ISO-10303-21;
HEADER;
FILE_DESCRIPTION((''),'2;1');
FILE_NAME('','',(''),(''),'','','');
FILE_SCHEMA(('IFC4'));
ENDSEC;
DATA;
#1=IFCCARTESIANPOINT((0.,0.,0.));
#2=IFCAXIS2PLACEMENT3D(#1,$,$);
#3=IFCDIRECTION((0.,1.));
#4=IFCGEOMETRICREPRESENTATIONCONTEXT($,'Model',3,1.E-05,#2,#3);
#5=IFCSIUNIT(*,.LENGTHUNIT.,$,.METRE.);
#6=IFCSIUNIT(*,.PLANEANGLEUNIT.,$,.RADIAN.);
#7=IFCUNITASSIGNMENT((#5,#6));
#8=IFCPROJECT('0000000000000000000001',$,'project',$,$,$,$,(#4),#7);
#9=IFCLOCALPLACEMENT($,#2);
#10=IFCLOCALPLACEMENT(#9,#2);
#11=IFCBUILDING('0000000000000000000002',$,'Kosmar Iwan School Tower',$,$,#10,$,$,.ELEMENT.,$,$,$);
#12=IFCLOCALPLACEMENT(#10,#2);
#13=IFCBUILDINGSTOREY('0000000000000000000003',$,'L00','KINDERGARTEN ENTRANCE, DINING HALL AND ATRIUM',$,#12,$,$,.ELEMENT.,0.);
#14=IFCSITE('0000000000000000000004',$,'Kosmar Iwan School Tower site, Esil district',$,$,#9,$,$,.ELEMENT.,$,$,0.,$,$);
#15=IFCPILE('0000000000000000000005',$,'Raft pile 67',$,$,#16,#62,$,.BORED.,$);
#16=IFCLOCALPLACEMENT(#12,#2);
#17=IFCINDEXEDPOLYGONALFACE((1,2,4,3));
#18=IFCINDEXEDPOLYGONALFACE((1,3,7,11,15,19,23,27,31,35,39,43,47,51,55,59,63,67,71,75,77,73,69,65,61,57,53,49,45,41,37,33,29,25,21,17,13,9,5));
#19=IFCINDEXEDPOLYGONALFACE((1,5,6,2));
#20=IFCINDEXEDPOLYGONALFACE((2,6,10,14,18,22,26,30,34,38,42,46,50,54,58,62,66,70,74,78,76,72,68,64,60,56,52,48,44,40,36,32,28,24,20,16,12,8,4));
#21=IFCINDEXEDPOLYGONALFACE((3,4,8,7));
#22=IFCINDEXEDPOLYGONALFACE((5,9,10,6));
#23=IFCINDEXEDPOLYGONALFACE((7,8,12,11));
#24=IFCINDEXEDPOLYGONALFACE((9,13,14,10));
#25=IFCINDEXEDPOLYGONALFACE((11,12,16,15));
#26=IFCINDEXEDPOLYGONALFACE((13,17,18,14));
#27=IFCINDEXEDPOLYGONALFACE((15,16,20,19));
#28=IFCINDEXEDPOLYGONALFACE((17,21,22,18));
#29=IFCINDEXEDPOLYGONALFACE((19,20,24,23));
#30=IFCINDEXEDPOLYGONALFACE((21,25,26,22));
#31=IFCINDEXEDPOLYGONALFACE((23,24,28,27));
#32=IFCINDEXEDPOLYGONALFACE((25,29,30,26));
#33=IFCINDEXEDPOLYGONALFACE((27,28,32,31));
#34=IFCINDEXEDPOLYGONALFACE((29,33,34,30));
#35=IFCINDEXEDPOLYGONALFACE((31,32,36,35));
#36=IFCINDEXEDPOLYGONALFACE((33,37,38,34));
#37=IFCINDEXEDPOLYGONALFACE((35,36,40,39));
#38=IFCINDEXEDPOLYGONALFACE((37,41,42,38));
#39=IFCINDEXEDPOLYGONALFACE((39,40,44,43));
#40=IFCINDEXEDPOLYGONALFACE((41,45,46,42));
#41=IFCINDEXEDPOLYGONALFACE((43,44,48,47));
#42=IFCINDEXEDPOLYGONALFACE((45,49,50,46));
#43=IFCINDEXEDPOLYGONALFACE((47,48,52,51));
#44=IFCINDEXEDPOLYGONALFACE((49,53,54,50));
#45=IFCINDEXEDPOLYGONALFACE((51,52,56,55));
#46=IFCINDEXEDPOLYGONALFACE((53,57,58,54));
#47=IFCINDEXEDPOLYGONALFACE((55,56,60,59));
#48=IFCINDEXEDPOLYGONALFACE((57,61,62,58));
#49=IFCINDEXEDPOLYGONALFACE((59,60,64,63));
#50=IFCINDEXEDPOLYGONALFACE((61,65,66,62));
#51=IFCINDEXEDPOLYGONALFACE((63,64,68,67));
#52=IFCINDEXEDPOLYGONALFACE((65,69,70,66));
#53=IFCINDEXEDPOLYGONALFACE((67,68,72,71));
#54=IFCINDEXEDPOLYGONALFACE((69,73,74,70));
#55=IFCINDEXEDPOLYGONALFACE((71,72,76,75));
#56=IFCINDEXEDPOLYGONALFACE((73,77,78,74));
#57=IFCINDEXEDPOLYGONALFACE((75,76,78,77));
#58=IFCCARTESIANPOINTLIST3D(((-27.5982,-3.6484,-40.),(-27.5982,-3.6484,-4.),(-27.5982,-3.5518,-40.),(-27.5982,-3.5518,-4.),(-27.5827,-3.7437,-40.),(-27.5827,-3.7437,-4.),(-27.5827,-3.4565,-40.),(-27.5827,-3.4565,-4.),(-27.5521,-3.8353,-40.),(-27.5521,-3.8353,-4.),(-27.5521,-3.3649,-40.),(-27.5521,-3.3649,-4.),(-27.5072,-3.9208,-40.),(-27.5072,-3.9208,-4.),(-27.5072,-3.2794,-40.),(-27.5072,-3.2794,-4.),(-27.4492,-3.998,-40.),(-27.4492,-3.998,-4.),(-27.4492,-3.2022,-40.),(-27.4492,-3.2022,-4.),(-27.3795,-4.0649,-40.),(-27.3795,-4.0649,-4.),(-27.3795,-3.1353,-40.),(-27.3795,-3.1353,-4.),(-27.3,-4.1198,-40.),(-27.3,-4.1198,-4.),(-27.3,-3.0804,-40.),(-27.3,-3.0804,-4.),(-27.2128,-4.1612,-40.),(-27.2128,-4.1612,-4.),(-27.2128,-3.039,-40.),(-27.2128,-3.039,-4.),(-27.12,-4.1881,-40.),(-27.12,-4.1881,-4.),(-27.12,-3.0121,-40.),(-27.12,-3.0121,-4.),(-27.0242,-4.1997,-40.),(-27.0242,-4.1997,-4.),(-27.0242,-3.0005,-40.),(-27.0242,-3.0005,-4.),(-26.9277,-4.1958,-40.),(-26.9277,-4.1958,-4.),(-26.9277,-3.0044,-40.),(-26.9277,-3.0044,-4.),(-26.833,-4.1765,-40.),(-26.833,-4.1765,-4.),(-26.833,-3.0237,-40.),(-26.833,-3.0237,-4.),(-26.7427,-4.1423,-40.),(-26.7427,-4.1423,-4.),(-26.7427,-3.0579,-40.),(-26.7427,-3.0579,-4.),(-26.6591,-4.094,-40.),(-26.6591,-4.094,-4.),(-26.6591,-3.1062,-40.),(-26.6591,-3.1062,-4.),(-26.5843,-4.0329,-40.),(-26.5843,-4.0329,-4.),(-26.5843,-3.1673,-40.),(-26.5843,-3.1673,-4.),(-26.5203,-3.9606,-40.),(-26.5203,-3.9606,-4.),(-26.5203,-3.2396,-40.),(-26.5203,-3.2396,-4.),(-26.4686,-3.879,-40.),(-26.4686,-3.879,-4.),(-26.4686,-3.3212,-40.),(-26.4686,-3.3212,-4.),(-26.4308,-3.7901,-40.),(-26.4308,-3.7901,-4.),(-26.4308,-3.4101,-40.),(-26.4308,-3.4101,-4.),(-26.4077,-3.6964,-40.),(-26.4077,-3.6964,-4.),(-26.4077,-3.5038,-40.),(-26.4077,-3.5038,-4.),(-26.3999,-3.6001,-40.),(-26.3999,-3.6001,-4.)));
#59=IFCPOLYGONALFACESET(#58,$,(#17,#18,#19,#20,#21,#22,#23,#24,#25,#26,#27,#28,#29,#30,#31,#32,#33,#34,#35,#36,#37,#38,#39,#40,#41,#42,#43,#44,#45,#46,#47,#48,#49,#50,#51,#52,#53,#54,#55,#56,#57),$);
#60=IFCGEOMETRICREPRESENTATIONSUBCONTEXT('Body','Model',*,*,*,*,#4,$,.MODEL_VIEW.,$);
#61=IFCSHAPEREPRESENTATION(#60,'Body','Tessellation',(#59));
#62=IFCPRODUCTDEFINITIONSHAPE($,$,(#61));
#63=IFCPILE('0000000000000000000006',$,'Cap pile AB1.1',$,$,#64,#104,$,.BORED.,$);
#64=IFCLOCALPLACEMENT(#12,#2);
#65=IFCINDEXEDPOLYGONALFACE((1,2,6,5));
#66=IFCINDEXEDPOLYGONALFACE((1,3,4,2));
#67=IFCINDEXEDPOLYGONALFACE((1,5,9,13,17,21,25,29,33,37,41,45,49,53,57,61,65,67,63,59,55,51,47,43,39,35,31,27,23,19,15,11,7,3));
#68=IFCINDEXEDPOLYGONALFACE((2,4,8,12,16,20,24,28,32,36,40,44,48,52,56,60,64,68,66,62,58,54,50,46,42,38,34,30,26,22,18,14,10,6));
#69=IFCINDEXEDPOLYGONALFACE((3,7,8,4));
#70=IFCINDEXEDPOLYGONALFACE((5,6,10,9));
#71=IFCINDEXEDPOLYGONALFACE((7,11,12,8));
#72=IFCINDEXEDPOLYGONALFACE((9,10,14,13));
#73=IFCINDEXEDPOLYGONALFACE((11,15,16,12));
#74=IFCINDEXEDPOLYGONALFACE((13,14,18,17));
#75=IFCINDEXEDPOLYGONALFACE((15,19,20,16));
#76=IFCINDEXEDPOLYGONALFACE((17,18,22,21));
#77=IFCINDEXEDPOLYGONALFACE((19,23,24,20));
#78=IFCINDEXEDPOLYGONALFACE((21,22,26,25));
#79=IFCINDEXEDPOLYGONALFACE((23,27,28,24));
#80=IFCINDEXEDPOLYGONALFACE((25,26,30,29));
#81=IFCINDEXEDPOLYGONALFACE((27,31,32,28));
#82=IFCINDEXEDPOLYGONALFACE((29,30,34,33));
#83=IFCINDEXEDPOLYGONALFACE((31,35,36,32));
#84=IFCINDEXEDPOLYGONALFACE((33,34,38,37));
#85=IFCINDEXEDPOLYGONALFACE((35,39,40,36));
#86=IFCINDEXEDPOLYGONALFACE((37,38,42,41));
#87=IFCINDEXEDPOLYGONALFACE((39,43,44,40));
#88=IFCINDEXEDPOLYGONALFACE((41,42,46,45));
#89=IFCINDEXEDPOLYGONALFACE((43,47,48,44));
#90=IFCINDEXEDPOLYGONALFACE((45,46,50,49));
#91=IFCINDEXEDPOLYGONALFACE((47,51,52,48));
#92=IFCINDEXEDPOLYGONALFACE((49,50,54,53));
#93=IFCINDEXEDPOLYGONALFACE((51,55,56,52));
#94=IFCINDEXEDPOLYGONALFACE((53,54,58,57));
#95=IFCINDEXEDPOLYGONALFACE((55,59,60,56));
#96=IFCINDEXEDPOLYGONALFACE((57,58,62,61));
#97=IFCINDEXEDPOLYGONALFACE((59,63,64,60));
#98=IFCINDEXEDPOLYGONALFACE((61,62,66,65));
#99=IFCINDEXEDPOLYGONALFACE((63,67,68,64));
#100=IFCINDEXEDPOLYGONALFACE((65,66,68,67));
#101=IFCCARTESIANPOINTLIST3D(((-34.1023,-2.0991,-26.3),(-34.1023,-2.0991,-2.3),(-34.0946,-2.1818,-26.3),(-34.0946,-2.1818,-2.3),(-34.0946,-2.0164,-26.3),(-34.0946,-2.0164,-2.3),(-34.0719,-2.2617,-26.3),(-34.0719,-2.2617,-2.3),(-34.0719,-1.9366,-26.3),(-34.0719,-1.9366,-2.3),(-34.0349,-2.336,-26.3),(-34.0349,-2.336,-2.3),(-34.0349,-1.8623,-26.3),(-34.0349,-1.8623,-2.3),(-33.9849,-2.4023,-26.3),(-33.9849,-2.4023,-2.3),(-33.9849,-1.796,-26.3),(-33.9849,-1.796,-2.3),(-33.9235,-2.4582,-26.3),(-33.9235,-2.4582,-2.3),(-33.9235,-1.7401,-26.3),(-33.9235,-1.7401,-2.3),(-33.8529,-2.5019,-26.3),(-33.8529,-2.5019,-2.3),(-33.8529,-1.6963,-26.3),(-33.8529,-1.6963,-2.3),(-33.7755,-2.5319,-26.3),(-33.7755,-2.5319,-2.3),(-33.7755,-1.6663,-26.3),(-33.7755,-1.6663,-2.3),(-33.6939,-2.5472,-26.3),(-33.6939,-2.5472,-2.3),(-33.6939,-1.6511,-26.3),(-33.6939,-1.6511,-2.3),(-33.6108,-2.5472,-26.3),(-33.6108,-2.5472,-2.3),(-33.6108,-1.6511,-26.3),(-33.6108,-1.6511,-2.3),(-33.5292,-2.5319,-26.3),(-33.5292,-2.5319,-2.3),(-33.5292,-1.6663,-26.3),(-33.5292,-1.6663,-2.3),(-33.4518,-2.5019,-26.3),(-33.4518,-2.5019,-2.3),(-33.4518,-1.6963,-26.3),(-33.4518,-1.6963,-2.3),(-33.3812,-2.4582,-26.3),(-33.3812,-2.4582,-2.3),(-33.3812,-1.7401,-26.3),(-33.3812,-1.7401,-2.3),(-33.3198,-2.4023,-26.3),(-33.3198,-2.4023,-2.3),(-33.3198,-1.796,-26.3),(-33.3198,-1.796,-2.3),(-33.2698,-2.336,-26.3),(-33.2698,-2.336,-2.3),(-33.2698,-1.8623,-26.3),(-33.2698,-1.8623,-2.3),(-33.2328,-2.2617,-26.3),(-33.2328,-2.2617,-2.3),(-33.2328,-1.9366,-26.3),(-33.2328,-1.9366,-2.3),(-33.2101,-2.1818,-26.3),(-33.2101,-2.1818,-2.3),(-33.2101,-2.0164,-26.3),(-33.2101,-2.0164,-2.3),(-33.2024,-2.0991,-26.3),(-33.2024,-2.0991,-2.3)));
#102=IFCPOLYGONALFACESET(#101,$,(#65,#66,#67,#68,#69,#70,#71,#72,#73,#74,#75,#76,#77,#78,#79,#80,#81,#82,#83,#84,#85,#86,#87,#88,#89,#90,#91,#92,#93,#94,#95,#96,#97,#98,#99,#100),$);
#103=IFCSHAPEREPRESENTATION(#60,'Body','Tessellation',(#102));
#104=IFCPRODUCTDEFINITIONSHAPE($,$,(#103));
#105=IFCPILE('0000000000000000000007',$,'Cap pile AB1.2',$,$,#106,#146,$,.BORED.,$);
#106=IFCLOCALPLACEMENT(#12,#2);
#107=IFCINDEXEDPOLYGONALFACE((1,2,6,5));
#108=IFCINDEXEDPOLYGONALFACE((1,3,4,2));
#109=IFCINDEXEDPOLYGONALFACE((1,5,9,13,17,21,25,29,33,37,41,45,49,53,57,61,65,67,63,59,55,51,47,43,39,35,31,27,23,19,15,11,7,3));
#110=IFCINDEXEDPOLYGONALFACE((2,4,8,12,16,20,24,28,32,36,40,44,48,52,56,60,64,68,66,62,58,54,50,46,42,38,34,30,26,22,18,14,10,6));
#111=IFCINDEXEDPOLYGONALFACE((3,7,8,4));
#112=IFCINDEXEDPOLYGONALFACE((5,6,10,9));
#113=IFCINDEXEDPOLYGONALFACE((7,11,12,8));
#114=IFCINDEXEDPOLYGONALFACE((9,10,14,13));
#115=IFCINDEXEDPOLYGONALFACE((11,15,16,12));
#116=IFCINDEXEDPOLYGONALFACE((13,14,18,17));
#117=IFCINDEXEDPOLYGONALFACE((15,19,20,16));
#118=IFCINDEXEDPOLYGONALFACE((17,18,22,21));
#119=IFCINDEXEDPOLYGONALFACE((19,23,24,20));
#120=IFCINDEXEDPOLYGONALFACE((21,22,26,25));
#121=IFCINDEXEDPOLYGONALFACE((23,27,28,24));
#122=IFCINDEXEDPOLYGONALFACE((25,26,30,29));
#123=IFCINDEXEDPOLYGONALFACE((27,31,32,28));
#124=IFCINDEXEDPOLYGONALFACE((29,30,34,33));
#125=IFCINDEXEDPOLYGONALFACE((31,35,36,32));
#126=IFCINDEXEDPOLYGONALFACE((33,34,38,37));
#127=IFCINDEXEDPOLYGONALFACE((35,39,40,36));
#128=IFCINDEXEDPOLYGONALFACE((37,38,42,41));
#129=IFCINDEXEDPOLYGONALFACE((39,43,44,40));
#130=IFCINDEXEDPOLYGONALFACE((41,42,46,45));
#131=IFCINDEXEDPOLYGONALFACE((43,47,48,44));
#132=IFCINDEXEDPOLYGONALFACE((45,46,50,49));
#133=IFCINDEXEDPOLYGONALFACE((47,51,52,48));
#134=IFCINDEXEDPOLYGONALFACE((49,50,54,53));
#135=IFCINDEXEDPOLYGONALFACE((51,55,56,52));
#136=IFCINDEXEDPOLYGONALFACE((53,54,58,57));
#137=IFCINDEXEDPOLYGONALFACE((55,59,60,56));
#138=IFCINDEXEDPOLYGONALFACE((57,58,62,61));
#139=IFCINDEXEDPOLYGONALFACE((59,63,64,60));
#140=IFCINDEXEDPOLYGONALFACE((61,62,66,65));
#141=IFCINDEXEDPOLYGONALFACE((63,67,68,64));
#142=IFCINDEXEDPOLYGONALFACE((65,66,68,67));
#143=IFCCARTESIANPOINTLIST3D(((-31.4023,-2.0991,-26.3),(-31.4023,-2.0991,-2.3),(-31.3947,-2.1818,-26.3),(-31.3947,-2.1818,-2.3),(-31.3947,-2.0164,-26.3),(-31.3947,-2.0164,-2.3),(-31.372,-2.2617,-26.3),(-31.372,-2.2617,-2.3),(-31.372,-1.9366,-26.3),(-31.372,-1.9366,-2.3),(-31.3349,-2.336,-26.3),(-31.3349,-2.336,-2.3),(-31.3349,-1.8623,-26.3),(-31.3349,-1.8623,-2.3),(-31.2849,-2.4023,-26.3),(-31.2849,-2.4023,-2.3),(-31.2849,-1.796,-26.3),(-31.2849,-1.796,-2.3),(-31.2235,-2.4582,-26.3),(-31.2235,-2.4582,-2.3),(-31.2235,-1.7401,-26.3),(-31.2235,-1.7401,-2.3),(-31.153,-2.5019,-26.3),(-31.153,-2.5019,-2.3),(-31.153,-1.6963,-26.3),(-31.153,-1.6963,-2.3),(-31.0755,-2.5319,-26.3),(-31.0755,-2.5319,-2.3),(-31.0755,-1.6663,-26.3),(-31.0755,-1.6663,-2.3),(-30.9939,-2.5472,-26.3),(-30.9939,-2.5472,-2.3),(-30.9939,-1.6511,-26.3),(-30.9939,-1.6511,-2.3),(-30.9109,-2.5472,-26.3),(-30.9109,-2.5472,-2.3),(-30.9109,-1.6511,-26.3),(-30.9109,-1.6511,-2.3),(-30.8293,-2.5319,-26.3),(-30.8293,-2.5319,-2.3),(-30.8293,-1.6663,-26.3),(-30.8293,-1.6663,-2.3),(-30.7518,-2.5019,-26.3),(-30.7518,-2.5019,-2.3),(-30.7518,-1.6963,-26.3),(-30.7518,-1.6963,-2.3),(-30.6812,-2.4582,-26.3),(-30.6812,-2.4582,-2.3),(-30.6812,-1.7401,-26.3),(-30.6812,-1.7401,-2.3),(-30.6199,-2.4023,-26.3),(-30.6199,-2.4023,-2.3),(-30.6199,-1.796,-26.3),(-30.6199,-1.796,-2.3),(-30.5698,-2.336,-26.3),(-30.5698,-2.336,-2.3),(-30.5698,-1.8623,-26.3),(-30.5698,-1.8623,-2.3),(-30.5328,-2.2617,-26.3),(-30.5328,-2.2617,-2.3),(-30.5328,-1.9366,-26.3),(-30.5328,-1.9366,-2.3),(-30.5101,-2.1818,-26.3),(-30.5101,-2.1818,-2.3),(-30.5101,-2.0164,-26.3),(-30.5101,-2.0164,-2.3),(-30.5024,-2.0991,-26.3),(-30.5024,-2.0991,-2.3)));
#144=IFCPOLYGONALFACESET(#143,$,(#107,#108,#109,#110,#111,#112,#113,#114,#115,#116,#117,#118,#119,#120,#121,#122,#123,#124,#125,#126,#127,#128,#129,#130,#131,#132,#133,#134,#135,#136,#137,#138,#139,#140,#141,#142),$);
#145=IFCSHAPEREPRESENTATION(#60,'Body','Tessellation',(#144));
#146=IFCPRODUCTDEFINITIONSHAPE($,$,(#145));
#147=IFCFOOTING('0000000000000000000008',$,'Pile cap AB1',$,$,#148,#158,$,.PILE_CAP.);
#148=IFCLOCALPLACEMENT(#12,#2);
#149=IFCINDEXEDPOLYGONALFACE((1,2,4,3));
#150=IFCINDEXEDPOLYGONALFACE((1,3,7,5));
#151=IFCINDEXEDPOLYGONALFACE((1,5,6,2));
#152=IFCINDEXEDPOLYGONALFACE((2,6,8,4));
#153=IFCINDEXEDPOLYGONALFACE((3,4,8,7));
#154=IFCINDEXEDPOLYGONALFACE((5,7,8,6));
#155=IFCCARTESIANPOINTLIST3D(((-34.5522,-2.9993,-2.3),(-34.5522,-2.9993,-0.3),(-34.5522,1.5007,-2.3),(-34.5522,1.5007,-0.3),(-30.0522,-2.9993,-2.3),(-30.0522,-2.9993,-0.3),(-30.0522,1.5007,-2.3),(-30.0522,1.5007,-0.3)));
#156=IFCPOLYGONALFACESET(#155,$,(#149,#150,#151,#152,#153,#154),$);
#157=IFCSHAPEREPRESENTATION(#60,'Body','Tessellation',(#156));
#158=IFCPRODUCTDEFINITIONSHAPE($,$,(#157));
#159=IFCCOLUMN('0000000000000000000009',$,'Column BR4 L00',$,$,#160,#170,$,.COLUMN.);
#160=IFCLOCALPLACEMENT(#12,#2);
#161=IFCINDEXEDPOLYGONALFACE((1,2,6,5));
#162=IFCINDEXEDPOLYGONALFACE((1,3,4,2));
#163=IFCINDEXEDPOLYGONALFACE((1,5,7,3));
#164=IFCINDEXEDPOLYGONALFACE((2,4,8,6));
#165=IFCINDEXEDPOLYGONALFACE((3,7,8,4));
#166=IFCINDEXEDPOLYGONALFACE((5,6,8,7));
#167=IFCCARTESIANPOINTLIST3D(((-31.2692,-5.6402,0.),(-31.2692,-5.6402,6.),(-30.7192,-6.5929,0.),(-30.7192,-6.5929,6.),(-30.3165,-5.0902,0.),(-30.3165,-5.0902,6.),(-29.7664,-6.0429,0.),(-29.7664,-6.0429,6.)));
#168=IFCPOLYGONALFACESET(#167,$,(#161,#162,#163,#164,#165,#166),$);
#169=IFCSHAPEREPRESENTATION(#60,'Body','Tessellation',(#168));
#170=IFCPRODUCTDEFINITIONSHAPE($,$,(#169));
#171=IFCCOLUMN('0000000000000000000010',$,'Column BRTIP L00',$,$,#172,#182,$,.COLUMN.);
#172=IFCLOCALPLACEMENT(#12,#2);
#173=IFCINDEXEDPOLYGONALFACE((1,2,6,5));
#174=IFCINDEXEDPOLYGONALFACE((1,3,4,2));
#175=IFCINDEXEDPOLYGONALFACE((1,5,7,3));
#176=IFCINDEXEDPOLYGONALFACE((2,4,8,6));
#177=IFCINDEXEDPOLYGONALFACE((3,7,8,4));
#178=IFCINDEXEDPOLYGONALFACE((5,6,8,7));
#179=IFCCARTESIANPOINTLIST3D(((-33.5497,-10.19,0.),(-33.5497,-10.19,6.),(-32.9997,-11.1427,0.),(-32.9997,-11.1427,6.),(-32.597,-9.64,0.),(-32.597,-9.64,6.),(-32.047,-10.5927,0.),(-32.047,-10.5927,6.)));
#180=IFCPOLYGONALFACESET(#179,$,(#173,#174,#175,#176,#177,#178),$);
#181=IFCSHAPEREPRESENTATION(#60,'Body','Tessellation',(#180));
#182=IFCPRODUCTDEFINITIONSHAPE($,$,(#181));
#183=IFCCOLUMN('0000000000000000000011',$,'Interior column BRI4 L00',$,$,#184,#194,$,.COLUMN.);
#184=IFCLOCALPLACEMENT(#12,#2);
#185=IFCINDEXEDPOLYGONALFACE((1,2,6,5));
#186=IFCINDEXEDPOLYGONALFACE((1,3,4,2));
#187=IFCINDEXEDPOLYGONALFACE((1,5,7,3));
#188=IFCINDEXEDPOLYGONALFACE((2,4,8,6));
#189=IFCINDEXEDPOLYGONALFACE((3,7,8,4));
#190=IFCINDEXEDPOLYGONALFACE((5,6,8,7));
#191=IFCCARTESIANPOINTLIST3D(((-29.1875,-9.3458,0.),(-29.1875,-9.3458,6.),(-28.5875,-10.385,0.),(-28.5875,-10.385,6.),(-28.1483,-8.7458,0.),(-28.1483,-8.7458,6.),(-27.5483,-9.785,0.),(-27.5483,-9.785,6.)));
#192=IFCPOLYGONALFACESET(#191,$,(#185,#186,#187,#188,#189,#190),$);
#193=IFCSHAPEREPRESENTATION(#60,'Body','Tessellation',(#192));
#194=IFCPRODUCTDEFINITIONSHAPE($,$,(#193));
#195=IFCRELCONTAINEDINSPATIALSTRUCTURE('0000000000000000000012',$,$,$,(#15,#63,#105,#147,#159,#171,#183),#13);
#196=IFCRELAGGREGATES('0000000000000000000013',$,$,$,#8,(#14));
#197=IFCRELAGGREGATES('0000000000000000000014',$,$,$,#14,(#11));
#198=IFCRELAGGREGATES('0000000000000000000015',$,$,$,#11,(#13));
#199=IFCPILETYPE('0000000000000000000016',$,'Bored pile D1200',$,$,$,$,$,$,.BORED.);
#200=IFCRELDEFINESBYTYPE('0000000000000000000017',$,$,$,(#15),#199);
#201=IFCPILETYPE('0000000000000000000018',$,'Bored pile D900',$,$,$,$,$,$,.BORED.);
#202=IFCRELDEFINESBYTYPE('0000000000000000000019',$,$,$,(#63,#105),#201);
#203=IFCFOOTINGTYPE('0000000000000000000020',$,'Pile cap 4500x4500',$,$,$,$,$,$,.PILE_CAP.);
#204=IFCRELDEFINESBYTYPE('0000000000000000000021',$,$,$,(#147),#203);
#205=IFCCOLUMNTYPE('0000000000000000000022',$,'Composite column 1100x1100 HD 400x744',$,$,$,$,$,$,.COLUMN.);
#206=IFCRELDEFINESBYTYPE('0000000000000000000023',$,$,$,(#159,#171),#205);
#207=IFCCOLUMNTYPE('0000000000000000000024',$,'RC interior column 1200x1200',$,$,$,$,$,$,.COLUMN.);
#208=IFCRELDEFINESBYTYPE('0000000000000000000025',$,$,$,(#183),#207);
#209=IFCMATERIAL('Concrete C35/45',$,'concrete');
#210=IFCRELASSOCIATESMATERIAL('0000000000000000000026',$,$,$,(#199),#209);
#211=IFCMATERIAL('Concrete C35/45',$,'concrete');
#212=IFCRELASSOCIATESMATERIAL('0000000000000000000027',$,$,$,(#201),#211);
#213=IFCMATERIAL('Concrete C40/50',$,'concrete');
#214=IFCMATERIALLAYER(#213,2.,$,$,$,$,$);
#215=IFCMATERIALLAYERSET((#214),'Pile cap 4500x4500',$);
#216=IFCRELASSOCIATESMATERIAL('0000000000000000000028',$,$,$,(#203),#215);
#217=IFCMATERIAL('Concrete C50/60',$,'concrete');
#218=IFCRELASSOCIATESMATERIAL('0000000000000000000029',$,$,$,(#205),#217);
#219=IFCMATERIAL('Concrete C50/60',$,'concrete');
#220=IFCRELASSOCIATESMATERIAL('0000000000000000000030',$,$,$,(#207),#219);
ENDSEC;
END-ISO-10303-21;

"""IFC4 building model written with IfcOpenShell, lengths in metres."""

from ifc_helpers import new_model, si_unit, direction, frame, origin, origin_2d, place, context, subcontext, project, spatial, rectangle, circle, extrude, material, layer, layer_set, material_profile, profile_set, type_object, element, save


model = new_model("IFC4")

# Units and contexts
model_context = context("Model", 3, precision=1e-05, world=origin(), true_north=direction((0.0, 1.0)))
body_context = subcontext(model_context, "Body", "Model", "MODEL_VIEW")
ifc_project = project(units=[si_unit("LENGTHUNIT", "METRE"), si_unit("PLANEANGLEUNIT", "RADIAN")], contexts=[model_context])

# Site, building, storey
site_placement = place(None, origin())
site = spatial("IfcSite", under=ifc_project, at=site_placement, Name="Kosmar Iwan School Tower site, Esil district", CompositionType="ELEMENT", RefElevation=0.0)
building_placement = place(site_placement, origin())
building = spatial("IfcBuilding", under=site, at=building_placement, Name="Kosmar Iwan School Tower", CompositionType="ELEMENT")
storey_placement = place(building_placement, origin())
storey = spatial("IfcBuildingStorey", under=building, at=storey_placement, Name="L00", Description="KINDERGARTEN ENTRANCE, DINING HALL AND ATRIUM", CompositionType="ELEMENT", Elevation=0.0)

# Piles
ifc_material_1 = material(Name="Concrete C35/45", Category="concrete")
ifc_material_profile_1 = material_profile(ifc_material_1, circle(Radius=0.6001, at=origin_2d()), Name="D1200")
ifc_profile_set_1 = profile_set([ifc_material_profile_1], Name="Concrete C35/45")
pile_type_1 = type_object("IfcPileType", Name="Bored pile D1200", PredefinedType="BORED", material=ifc_profile_set_1)
for number, where, z_axis, x_axis, name in (
    (1, (-27.0, -3.6001, -4.0), (0.0, 0.0, -1.0), (1.0, 0.0, 0.0), "Raft pile 67"),
):
    element("IfcPile", number, at=place(storey_placement, frame(where, z_axis=z_axis, x_axis=x_axis)), inside=storey, type_object=pile_type_1, Name=name, PredefinedType="BORED", context=body_context, shape_type="SweptSolid", body=[
        extrude(circle(Radius=0.6001, at=origin_2d()), origin(), (0.0, 0.0, 1.0), 36.0),
    ])
ifc_material_2 = material(Name="Concrete C35/45", Category="concrete")
ifc_material_profile_2 = material_profile(ifc_material_2, circle(Radius=0.45, at=origin_2d()), Name="D900")
ifc_profile_set_2 = profile_set([ifc_material_profile_2], Name="Concrete C35/45")
pile_type_2 = type_object("IfcPileType", Name="Bored pile D900", PredefinedType="BORED", material=ifc_profile_set_2)
for number, where, z_axis, x_axis, name in (
    (2, (-33.6523, -2.0991, -2.3), (0.0, 0.0, -1.0), (1.0, 0.0, 0.0), "Cap pile AB1.1"),
    (3, (-30.9524, -2.0991, -2.3), (0.0, 0.0, -1.0), (1.0, 0.0, 0.0), "Cap pile AB1.2"),
):
    element("IfcPile", number, at=place(storey_placement, frame(where, z_axis=z_axis, x_axis=x_axis)), inside=storey, type_object=pile_type_2, Name=name, PredefinedType="BORED", context=body_context, shape_type="SweptSolid", body=[
        extrude(circle(Radius=0.45, at=origin_2d()), origin(), (0.0, 0.0, 1.0), 24.0),
    ])

# Footing
ifc_material_3 = material(Name="Concrete C40/50", Category="concrete")
ifc_layer_1 = layer(ifc_material_3, 2.0)
ifc_layer_set_1 = layer_set([ifc_layer_1], Name="Pile cap 4500x4500")
footing_type = type_object("IfcFootingType", Name="Pile cap 4500x4500", PredefinedType="PILE_CAP", material=ifc_layer_set_1)
footing_placement = place(storey_placement, frame((-32.3022, -0.7493, -2.3), z_axis=(0.0, 0.0, 1.0), x_axis=(1.0, 0.0, 0.0)))
element("IfcFooting", 4, at=footing_placement, inside=storey, type_object=footing_type, Name="Pile cap AB1", PredefinedType="PILE_CAP", context=body_context, shape_type="SweptSolid", body=[
    extrude(rectangle(XDim=4.5, YDim=4.5, at=origin_2d()), origin(), (0.0, 0.0, 1.0), 2.0),
])

# Columns
ifc_material_4 = material(Name="Concrete C50/60", Category="concrete")
ifc_material_profile_3 = material_profile(ifc_material_4, rectangle(XDim=1.1001, YDim=1.1001, at=origin_2d()), Name="RC 1100x1100 + HD 400x744")
ifc_profile_set_3 = profile_set([ifc_material_profile_3], Name="Concrete C50/60")
column_type_1 = type_object("IfcColumnType", Name="Composite column 1100x1100 HD 400x744", PredefinedType="COLUMN", material=ifc_profile_set_3)
for number, where, z_axis, x_axis, name in (
    (5, (-30.5178, -5.8416, 0.0), (0.0, 0.0, 1.0), (-0.866025, -0.5, 0.0), "Column BR4 L00"),
    (6, (-32.7983, -10.3914, 0.0), (0.0, 0.0, 1.0), (-0.866025, -0.5, 0.0), "Column BRTIP L00"),
):
    element("IfcColumn", number, at=place(storey_placement, frame(where, z_axis=z_axis, x_axis=x_axis)), inside=storey, type_object=column_type_1, Name=name, PredefinedType="COLUMN", context=body_context, shape_type="SweptSolid", body=[
        extrude(rectangle(XDim=1.1001, YDim=1.1001, at=origin_2d()), origin(), (0.0, 0.0, 1.0), 6.0),
    ])
ifc_material_5 = material(Name="Concrete C50/60", Category="concrete")
ifc_material_profile_4 = material_profile(ifc_material_5, rectangle(XDim=1.2, YDim=1.2, at=origin_2d()), Name="RC 1200x1200")
ifc_profile_set_4 = profile_set([ifc_material_profile_4], Name="Concrete C50/60")
column_type_2 = type_object("IfcColumnType", Name="RC interior column 1200x1200", PredefinedType="COLUMN", material=ifc_profile_set_4)
column_1_placement = place(storey_placement, frame((-28.3679, -9.5654, 0.0), z_axis=(0.0, 0.0, 1.0), x_axis=(-0.866025, -0.5, 0.0)))
element("IfcColumn", 7, at=column_1_placement, inside=storey, type_object=column_type_2, Name="Interior column BRI4 L00", PredefinedType="COLUMN", context=body_context, shape_type="SweptSolid", body=[
    extrude(rectangle(XDim=1.2, YDim=1.2, at=origin_2d()), origin(), (0.0, 0.0, 1.0), 6.0),
])

save(model, "model.ifc")
